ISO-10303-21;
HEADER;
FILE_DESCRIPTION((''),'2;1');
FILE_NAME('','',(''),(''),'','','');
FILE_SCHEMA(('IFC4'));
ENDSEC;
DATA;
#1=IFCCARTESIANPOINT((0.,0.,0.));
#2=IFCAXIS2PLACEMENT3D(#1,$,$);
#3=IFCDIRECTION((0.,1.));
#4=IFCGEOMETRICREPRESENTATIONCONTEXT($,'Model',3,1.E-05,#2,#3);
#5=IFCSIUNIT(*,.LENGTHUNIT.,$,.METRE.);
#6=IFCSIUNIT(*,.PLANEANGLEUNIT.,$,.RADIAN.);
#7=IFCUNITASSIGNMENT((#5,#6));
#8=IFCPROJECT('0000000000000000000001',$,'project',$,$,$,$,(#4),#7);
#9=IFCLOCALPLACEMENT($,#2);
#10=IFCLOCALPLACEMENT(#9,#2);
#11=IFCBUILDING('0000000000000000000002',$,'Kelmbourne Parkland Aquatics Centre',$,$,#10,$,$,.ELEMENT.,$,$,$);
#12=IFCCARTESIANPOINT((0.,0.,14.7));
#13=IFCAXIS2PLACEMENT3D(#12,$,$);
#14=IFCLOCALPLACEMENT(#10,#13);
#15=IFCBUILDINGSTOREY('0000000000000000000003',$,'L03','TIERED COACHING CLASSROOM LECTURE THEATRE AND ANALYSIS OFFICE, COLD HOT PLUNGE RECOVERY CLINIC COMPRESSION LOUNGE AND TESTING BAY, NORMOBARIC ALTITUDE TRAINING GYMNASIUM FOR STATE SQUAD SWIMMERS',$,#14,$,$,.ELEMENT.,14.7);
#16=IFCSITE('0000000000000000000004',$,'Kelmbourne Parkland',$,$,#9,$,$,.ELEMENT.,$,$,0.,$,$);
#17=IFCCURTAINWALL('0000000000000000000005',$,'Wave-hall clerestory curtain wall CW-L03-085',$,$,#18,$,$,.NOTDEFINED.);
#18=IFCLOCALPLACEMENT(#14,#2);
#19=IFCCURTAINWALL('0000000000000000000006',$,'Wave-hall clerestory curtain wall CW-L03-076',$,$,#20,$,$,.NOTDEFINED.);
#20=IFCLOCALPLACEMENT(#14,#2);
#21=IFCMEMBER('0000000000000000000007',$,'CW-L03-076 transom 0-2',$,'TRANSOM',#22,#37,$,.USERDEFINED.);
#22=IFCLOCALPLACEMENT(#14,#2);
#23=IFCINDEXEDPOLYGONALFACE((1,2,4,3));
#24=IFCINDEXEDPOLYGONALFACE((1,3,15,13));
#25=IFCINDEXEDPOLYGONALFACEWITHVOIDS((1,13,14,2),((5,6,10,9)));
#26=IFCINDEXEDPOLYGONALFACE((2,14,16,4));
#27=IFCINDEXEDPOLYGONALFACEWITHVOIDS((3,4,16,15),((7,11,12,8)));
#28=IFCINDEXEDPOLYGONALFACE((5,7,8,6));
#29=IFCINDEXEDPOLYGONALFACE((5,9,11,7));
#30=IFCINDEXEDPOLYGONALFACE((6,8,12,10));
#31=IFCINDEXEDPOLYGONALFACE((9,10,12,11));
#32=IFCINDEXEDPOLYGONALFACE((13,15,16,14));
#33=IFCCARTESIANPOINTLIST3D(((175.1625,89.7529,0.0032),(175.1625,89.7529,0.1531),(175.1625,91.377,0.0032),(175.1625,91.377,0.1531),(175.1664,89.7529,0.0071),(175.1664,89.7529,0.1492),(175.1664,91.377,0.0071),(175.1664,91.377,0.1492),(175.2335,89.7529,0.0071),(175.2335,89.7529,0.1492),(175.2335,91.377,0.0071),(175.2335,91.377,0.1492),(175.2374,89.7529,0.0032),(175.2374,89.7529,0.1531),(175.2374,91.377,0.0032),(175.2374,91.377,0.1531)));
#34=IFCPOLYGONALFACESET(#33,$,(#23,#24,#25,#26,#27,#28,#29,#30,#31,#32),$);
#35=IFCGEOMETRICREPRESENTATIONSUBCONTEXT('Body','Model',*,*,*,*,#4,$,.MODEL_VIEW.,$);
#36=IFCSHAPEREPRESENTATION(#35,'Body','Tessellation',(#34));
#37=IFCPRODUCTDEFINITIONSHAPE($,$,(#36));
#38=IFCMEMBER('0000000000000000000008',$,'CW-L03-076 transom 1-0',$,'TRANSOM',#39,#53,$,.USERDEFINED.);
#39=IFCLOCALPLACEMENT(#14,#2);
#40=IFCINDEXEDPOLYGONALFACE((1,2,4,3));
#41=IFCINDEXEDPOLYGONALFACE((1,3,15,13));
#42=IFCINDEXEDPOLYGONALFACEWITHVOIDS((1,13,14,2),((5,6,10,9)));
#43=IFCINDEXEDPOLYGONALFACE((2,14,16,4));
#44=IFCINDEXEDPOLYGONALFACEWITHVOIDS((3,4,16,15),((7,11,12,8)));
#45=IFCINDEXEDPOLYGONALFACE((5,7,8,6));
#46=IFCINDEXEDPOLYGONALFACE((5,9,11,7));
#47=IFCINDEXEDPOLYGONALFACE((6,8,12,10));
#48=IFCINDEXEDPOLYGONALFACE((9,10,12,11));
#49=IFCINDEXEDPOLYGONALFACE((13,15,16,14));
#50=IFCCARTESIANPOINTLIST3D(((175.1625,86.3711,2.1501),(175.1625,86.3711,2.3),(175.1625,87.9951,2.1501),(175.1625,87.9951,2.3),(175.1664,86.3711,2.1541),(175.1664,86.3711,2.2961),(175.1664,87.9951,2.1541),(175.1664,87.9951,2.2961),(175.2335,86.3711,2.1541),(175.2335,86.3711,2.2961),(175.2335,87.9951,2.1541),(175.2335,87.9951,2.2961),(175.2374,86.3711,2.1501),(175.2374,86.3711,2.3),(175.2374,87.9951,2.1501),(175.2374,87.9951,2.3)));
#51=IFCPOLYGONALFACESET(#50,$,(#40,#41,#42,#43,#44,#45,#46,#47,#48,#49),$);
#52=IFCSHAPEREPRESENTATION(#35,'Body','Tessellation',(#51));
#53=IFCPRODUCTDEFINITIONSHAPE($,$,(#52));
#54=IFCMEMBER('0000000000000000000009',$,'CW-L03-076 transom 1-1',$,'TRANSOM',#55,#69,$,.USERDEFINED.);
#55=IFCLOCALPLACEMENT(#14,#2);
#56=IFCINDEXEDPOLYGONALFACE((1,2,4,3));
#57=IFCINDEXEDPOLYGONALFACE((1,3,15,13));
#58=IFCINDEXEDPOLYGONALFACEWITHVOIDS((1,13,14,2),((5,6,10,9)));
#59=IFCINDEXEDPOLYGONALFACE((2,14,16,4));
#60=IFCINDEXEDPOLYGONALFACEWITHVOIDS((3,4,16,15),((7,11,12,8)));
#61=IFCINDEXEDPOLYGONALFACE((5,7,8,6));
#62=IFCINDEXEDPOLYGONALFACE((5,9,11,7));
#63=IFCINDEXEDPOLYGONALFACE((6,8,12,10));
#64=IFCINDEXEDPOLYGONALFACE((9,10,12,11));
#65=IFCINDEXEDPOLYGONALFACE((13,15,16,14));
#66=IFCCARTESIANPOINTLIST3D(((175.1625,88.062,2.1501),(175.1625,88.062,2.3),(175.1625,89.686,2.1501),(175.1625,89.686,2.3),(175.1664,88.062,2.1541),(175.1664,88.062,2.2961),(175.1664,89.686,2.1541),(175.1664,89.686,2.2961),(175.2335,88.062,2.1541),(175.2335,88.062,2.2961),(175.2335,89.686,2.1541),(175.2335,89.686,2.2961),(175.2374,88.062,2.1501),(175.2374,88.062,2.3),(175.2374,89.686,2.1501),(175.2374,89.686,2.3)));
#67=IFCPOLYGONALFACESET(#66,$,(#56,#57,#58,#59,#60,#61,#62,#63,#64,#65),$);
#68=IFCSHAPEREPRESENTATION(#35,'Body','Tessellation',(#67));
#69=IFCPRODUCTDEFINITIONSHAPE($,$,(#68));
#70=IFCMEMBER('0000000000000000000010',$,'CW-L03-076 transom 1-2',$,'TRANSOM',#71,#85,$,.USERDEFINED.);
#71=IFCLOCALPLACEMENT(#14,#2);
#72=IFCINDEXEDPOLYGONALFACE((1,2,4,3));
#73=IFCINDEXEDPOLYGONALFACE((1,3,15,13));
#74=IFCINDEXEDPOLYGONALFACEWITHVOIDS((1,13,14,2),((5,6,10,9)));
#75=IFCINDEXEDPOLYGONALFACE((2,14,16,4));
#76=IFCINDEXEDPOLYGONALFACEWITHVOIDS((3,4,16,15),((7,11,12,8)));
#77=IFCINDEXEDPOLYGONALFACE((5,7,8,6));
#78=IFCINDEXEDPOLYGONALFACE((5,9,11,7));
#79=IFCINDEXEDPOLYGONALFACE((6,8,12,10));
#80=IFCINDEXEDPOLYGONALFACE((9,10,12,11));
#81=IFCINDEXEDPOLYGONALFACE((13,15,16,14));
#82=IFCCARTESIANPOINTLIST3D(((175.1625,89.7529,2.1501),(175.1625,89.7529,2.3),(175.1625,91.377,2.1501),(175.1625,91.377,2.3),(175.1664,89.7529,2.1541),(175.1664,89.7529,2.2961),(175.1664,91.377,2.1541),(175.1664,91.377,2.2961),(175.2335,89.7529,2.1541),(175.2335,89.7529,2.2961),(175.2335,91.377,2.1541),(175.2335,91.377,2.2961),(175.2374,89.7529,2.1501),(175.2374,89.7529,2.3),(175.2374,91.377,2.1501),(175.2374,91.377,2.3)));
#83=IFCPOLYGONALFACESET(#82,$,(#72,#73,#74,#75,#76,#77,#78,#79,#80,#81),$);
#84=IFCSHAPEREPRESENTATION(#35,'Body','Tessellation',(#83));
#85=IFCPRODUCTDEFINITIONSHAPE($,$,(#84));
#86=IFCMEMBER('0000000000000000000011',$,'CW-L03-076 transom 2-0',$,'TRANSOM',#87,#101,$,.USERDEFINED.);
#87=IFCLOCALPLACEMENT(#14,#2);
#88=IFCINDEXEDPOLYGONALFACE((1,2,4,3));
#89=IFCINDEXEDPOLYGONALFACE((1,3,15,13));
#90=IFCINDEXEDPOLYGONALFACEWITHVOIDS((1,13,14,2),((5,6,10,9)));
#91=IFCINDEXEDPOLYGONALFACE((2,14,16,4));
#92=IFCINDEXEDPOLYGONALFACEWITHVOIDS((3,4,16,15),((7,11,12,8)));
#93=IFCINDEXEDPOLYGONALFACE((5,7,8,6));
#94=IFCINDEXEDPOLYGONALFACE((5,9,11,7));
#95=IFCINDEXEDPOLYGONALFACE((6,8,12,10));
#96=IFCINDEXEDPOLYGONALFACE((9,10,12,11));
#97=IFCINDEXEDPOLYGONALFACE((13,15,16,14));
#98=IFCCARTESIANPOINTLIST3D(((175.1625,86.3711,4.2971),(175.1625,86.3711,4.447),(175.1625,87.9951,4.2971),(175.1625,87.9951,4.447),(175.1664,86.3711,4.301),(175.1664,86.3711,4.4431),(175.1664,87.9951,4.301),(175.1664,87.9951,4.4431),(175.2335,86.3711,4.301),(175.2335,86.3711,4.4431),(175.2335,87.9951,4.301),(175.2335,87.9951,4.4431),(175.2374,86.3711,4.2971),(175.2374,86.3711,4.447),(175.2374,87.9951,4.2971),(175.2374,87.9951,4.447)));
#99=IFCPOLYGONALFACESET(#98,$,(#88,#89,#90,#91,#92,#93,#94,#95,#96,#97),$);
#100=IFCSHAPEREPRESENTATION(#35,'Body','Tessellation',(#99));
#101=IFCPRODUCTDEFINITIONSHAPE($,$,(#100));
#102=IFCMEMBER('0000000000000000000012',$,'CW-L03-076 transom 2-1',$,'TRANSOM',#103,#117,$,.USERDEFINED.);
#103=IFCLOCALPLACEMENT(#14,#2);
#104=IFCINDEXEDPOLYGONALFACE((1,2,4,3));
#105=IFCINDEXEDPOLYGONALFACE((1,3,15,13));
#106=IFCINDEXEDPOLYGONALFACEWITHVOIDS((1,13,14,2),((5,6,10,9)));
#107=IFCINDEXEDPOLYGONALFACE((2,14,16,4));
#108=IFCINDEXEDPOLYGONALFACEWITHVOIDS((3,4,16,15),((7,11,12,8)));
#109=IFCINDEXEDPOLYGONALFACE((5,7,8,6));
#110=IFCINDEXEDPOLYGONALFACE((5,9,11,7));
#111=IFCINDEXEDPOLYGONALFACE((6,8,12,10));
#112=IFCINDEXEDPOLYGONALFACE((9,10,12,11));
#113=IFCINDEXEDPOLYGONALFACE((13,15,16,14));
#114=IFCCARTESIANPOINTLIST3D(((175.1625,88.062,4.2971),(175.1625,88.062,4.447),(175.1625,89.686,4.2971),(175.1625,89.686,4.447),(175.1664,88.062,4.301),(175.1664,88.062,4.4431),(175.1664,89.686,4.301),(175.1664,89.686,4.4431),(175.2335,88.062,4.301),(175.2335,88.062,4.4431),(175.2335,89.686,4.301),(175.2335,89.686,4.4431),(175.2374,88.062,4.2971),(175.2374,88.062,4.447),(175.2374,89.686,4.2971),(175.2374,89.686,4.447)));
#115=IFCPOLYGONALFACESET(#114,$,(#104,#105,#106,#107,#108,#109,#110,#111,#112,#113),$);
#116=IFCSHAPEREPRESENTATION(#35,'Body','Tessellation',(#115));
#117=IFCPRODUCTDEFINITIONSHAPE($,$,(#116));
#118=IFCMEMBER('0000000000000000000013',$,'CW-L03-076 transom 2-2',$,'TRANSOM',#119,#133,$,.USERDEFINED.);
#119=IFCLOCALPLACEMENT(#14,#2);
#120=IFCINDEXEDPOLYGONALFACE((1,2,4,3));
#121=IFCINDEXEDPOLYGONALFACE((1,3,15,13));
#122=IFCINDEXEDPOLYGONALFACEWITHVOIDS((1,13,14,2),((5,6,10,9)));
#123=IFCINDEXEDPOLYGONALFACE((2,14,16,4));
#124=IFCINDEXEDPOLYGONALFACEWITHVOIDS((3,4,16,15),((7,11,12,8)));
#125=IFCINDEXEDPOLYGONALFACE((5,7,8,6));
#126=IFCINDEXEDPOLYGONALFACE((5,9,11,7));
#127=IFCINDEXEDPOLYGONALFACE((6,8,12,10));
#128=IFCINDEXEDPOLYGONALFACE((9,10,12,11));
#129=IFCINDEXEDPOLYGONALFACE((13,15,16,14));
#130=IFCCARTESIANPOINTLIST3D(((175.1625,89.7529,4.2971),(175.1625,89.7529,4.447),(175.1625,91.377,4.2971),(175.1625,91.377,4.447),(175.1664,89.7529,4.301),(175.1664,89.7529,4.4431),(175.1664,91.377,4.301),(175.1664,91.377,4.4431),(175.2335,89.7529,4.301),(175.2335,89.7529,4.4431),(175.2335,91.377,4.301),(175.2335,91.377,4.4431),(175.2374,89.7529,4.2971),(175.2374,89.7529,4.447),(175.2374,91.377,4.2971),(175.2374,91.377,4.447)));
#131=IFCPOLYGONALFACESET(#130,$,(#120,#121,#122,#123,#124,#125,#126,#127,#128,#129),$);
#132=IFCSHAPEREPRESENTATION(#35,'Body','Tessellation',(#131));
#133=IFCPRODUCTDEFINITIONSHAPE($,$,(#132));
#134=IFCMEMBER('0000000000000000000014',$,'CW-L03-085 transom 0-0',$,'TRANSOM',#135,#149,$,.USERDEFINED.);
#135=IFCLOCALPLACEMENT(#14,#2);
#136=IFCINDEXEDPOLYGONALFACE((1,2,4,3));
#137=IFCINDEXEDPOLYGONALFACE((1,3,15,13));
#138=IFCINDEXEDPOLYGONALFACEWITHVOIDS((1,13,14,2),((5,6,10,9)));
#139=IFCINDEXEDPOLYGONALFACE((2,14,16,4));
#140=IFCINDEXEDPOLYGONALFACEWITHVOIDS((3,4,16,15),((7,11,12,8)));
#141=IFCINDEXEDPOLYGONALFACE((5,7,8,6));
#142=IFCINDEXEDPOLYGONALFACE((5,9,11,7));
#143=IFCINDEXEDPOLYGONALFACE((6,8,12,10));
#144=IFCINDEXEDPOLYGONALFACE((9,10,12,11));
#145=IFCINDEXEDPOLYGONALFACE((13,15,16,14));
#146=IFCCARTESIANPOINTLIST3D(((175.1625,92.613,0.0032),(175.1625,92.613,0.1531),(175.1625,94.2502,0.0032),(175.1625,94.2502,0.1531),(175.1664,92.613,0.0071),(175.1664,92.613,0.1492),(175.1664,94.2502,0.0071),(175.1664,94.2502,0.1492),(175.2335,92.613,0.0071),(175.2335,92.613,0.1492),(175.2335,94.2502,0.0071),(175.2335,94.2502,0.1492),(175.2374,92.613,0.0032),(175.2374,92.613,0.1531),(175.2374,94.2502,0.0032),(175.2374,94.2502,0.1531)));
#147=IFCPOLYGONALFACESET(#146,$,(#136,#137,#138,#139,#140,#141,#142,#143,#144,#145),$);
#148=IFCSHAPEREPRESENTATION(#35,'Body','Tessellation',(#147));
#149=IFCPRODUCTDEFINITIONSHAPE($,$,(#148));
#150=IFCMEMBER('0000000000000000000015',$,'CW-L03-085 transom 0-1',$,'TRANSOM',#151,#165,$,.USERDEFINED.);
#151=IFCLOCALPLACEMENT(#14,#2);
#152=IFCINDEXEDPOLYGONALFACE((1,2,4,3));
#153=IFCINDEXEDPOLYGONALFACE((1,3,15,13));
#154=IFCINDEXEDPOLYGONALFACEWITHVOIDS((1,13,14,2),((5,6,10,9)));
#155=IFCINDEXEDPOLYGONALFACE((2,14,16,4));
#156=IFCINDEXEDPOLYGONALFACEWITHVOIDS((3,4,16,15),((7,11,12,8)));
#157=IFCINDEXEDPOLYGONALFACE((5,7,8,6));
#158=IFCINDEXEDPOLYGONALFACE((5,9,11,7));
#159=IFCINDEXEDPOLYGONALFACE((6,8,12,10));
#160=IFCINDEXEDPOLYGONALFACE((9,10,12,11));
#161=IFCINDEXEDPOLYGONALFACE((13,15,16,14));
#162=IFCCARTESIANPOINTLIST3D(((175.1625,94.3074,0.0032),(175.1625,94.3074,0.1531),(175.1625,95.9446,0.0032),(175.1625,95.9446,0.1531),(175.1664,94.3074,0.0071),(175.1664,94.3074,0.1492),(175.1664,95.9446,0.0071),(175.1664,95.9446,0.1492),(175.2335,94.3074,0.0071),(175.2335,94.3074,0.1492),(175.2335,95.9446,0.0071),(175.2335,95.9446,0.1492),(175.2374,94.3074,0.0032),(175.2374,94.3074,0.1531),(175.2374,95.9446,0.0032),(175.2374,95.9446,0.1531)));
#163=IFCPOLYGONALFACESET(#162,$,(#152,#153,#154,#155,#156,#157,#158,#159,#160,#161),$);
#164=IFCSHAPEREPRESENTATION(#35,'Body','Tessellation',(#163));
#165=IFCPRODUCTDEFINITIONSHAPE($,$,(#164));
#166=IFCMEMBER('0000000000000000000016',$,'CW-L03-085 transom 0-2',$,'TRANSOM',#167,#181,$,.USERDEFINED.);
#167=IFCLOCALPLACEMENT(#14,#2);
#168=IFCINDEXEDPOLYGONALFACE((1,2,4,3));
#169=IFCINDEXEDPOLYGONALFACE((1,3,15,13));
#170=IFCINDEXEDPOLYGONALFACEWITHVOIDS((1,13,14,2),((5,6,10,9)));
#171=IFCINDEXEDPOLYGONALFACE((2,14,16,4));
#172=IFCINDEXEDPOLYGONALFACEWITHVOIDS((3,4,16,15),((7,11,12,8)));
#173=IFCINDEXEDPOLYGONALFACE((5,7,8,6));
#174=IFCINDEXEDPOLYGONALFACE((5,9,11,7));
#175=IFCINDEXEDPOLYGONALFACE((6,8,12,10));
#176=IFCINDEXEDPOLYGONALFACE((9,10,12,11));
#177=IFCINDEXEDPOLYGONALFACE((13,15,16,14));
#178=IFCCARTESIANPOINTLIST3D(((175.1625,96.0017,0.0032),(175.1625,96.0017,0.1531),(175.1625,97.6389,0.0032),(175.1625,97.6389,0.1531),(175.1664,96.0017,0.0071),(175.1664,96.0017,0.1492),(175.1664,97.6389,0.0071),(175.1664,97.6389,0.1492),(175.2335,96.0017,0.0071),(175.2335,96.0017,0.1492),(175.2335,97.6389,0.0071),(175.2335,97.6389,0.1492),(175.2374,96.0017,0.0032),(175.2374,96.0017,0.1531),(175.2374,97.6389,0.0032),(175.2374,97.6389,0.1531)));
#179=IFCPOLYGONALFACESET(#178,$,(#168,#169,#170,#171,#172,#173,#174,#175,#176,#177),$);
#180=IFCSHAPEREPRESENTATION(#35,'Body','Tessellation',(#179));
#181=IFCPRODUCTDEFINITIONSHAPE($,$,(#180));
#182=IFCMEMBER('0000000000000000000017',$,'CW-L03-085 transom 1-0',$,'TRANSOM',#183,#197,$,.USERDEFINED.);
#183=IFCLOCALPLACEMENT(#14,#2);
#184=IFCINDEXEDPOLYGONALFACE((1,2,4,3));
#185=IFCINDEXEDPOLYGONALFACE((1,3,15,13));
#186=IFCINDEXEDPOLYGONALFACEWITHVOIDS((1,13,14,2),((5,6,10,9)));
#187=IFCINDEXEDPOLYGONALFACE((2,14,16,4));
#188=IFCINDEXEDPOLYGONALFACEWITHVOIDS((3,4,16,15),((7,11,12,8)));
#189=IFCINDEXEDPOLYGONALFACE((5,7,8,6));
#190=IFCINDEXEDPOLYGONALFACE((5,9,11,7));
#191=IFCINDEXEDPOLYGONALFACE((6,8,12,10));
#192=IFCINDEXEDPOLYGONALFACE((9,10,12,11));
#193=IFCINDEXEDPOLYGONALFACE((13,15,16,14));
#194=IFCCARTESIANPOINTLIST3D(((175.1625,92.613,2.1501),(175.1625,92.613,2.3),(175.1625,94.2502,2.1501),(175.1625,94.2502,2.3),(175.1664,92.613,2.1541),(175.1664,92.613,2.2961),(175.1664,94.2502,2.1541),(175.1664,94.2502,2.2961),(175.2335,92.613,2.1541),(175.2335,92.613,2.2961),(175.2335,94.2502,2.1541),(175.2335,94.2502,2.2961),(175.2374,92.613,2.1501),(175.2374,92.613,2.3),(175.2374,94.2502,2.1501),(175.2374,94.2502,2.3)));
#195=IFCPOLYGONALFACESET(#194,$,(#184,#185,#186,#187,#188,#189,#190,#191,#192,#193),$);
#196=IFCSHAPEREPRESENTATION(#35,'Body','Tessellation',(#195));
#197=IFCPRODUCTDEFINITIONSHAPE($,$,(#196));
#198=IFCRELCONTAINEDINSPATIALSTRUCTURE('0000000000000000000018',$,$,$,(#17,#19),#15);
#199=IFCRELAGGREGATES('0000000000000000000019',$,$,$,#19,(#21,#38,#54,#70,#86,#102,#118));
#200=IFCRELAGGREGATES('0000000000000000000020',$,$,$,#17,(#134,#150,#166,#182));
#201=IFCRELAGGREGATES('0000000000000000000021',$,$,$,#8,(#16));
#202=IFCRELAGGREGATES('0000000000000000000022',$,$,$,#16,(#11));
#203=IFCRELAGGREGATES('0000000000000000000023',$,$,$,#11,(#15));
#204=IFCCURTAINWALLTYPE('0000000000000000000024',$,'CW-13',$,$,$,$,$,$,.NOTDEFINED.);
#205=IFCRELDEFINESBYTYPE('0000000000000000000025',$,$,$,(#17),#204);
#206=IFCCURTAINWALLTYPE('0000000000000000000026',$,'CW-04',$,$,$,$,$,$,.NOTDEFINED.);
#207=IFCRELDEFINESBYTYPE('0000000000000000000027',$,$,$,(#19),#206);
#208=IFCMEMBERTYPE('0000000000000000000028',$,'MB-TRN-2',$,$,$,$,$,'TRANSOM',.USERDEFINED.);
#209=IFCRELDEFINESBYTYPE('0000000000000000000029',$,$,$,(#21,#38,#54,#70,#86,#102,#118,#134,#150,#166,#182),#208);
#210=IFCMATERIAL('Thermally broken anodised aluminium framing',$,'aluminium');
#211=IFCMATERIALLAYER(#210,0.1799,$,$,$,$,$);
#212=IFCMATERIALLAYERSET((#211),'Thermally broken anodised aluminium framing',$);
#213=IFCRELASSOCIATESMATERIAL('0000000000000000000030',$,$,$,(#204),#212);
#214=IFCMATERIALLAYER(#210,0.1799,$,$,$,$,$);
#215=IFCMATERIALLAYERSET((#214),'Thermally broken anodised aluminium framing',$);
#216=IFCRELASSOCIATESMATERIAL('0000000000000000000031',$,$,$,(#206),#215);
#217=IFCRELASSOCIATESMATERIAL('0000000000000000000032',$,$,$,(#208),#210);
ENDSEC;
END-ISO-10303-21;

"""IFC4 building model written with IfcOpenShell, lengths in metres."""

from ifc_helpers import new_model, si_unit, direction, frame, origin, origin_2d, place, context, subcontext, project, spatial, hollow_rectangle, extrude, material, layer, layer_set, material_profile, profile_set, type_object, element, aggregate, save


model = new_model("IFC4")

# Units and contexts
model_context = context("Model", 3, precision=1e-05, world=origin(), true_north=direction((0.0, 1.0)))
body_context = subcontext(model_context, "Body", "Model", "MODEL_VIEW")
ifc_project = project(units=[si_unit("LENGTHUNIT", "METRE"), si_unit("PLANEANGLEUNIT", "RADIAN")], contexts=[model_context])

# Site, building, storey
site_placement = place(None, origin())
site = spatial("IfcSite", under=ifc_project, at=site_placement, Name="Kelmbourne Parkland", CompositionType="ELEMENT", RefElevation=0.0)
building_placement = place(site_placement, origin())
building = spatial("IfcBuilding", under=site, at=building_placement, Name="Kelmbourne Parkland Aquatics Centre", CompositionType="ELEMENT")
storey_placement = place(building_placement, frame((0.0, 0.0, 14.7)))
storey = spatial("IfcBuildingStorey", under=building, at=storey_placement, Name="L03", Description="TIERED COACHING CLASSROOM LECTURE THEATRE AND ANALYSIS OFFICE, COLD HOT PLUNGE RECOVERY CLINIC COMPRESSION LOUNGE AND TESTING BAY, NORMOBARIC ALTITUDE TRAINING GYMNASIUM FOR STATE SQUAD SWIMMERS", CompositionType="ELEMENT", Elevation=14.7)

# Curtain wall
ifc_material_1 = material(Name="Thermally broken anodised aluminium framing", Category="aluminium")
ifc_layer_1 = layer(ifc_material_1, 0.1799)
ifc_layer_set_1 = layer_set([ifc_layer_1], Name="Thermally broken anodised aluminium framing")
curtain_wall_type_1 = type_object("IfcCurtainWallType", Name="CW-13", PredefinedType="NOTDEFINED", material=ifc_layer_set_1)
curtain_wall_1_placement = place(storey_placement, origin())
curtain_wall_1 = element("IfcCurtainWall", 1, at=curtain_wall_1_placement, inside=storey, type_object=curtain_wall_type_1, Name="Wave-hall clerestory curtain wall CW-L03-085", PredefinedType="NOTDEFINED")

# Curtain wall, members
ifc_layer_2 = layer(ifc_material_1, 0.1799)
ifc_layer_set_2 = layer_set([ifc_layer_2], Name="Thermally broken anodised aluminium framing")
curtain_wall_type_2 = type_object("IfcCurtainWallType", Name="CW-04", PredefinedType="NOTDEFINED", material=ifc_layer_set_2)
curtain_wall_2_placement = place(storey_placement, origin())
curtain_wall_2 = element("IfcCurtainWall", 2, at=curtain_wall_2_placement, inside=storey, type_object=curtain_wall_type_2, Name="Wave-hall clerestory curtain wall CW-L03-076", PredefinedType="NOTDEFINED")
ifc_material_profile_1 = material_profile(ifc_material_1, hollow_rectangle(XDim=0.075, YDim=0.1499, WallThickness=0.0039, at=origin_2d()), Name="CW-T 75x150")
ifc_profile_set_1 = profile_set([ifc_material_profile_1], Name="Thermally broken anodised aluminium framing")
member_type_1 = type_object("IfcMemberType", Name="MB-TRN-2", ElementType="TRANSOM", PredefinedType="USERDEFINED", material=ifc_profile_set_1)
member_1_placement = place(storey_placement, frame((175.2, 89.7529, 0.0781), z_axis=(0.0, 1.0, 0.0), x_axis=(-1.0, 0.0, 0.0)))
member_1 = element("IfcMember", 3, at=member_1_placement, type_object=member_type_1, Name="CW-L03-076 transom 0-2", ObjectType="TRANSOM", PredefinedType="USERDEFINED", context=body_context, shape_type="SweptSolid", body=[
    extrude(hollow_rectangle(XDim=0.075, YDim=0.1499, WallThickness=0.0039, at=origin_2d()), origin(), (0.0, 0.0, 1.0), 1.624),
])
member_2_placement = place(storey_placement, frame((175.2, 86.3711, 2.2251), z_axis=(0.0, 1.0, 0.0), x_axis=(-1.0, 0.0, 0.0)))
member_2 = element("IfcMember", 4, at=member_2_placement, type_object=member_type_1, Name="CW-L03-076 transom 1-0", ObjectType="TRANSOM", PredefinedType="USERDEFINED", context=body_context, shape_type="SweptSolid", body=[
    extrude(hollow_rectangle(XDim=0.075, YDim=0.1499, WallThickness=0.0039, at=origin_2d()), origin(), (0.0, 0.0, 1.0), 1.624),
])
member_3_placement = place(storey_placement, frame((175.2, 88.062, 2.2251), z_axis=(0.0, 1.0, 0.0), x_axis=(-1.0, 0.0, 0.0)))
member_3 = element("IfcMember", 5, at=member_3_placement, type_object=member_type_1, Name="CW-L03-076 transom 1-1", ObjectType="TRANSOM", PredefinedType="USERDEFINED", context=body_context, shape_type="SweptSolid", body=[
    extrude(hollow_rectangle(XDim=0.075, YDim=0.1499, WallThickness=0.0039, at=origin_2d()), origin(), (0.0, 0.0, 1.0), 1.624),
])
member_4_placement = place(storey_placement, frame((175.2, 89.7529, 2.2251), z_axis=(0.0, 1.0, 0.0), x_axis=(-1.0, 0.0, 0.0)))
member_4 = element("IfcMember", 6, at=member_4_placement, type_object=member_type_1, Name="CW-L03-076 transom 1-2", ObjectType="TRANSOM", PredefinedType="USERDEFINED", context=body_context, shape_type="SweptSolid", body=[
    extrude(hollow_rectangle(XDim=0.075, YDim=0.1499, WallThickness=0.0039, at=origin_2d()), origin(), (0.0, 0.0, 1.0), 1.624),
])
member_5_placement = place(storey_placement, frame((175.2, 86.3711, 4.3721), z_axis=(0.0, 1.0, 0.0), x_axis=(-1.0, 0.0, 0.0)))
member_5 = element("IfcMember", 7, at=member_5_placement, type_object=member_type_1, Name="CW-L03-076 transom 2-0", ObjectType="TRANSOM", PredefinedType="USERDEFINED", context=body_context, shape_type="SweptSolid", body=[
    extrude(hollow_rectangle(XDim=0.075, YDim=0.1499, WallThickness=0.0039, at=origin_2d()), origin(), (0.0, 0.0, 1.0), 1.624),
])
member_6_placement = place(storey_placement, frame((175.2, 88.062, 4.3721), z_axis=(0.0, 1.0, 0.0), x_axis=(-1.0, 0.0, 0.0)))
member_6 = element("IfcMember", 8, at=member_6_placement, type_object=member_type_1, Name="CW-L03-076 transom 2-1", ObjectType="TRANSOM", PredefinedType="USERDEFINED", context=body_context, shape_type="SweptSolid", body=[
    extrude(hollow_rectangle(XDim=0.075, YDim=0.1499, WallThickness=0.0039, at=origin_2d()), origin(), (0.0, 0.0, 1.0), 1.624),
])
member_7_placement = place(storey_placement, frame((175.2, 89.7529, 4.3721), z_axis=(0.0, 1.0, 0.0), x_axis=(-1.0, 0.0, 0.0)))
member_7 = element("IfcMember", 9, at=member_7_placement, type_object=member_type_1, Name="CW-L03-076 transom 2-2", ObjectType="TRANSOM", PredefinedType="USERDEFINED", context=body_context, shape_type="SweptSolid", body=[
    extrude(hollow_rectangle(XDim=0.075, YDim=0.1499, WallThickness=0.0039, at=origin_2d()), origin(), (0.0, 0.0, 1.0), 1.624),
])

# Members
member_8_placement = place(storey_placement, frame((175.2, 92.613, 0.0781), z_axis=(0.0, 1.0, 0.0), x_axis=(-1.0, 0.0, 0.0)))
member_8 = element("IfcMember", 10, at=member_8_placement, type_object=member_type_1, Name="CW-L03-085 transom 0-0", ObjectType="TRANSOM", PredefinedType="USERDEFINED", context=body_context, shape_type="SweptSolid", body=[
    extrude(hollow_rectangle(XDim=0.075, YDim=0.1499, WallThickness=0.0039, at=origin_2d()), origin(), (0.0, 0.0, 1.0), 1.6372),
])
member_9_placement = place(storey_placement, frame((175.2, 94.3074, 0.0781), z_axis=(0.0, 1.0, 0.0), x_axis=(-1.0, 0.0, 0.0)))
member_9 = element("IfcMember", 11, at=member_9_placement, type_object=member_type_1, Name="CW-L03-085 transom 0-1", ObjectType="TRANSOM", PredefinedType="USERDEFINED", context=body_context, shape_type="SweptSolid", body=[
    extrude(hollow_rectangle(XDim=0.075, YDim=0.1499, WallThickness=0.0039, at=origin_2d()), origin(), (0.0, 0.0, 1.0), 1.6372),
])
member_10_placement = place(storey_placement, frame((175.2, 96.0017, 0.0781), z_axis=(0.0, 1.0, 0.0), x_axis=(-1.0, 0.0, 0.0)))
member_10 = element("IfcMember", 12, at=member_10_placement, type_object=member_type_1, Name="CW-L03-085 transom 0-2", ObjectType="TRANSOM", PredefinedType="USERDEFINED", context=body_context, shape_type="SweptSolid", body=[
    extrude(hollow_rectangle(XDim=0.075, YDim=0.1499, WallThickness=0.0039, at=origin_2d()), origin(), (0.0, 0.0, 1.0), 1.6372),
])
member_11_placement = place(storey_placement, frame((175.2, 92.613, 2.2251), z_axis=(0.0, 1.0, 0.0), x_axis=(-1.0, 0.0, 0.0)))
member_11 = element("IfcMember", 13, at=member_11_placement, type_object=member_type_1, Name="CW-L03-085 transom 1-0", ObjectType="TRANSOM", PredefinedType="USERDEFINED", context=body_context, shape_type="SweptSolid", body=[
    extrude(hollow_rectangle(XDim=0.075, YDim=0.1499, WallThickness=0.0039, at=origin_2d()), origin(), (0.0, 0.0, 1.0), 1.6372),
])

aggregate(curtain_wall_2, [member_1, member_2, member_3, member_4, member_5, member_6, member_7])
aggregate(curtain_wall_1, [member_8, member_9, member_10, member_11])

save(model, "model.ifc")
